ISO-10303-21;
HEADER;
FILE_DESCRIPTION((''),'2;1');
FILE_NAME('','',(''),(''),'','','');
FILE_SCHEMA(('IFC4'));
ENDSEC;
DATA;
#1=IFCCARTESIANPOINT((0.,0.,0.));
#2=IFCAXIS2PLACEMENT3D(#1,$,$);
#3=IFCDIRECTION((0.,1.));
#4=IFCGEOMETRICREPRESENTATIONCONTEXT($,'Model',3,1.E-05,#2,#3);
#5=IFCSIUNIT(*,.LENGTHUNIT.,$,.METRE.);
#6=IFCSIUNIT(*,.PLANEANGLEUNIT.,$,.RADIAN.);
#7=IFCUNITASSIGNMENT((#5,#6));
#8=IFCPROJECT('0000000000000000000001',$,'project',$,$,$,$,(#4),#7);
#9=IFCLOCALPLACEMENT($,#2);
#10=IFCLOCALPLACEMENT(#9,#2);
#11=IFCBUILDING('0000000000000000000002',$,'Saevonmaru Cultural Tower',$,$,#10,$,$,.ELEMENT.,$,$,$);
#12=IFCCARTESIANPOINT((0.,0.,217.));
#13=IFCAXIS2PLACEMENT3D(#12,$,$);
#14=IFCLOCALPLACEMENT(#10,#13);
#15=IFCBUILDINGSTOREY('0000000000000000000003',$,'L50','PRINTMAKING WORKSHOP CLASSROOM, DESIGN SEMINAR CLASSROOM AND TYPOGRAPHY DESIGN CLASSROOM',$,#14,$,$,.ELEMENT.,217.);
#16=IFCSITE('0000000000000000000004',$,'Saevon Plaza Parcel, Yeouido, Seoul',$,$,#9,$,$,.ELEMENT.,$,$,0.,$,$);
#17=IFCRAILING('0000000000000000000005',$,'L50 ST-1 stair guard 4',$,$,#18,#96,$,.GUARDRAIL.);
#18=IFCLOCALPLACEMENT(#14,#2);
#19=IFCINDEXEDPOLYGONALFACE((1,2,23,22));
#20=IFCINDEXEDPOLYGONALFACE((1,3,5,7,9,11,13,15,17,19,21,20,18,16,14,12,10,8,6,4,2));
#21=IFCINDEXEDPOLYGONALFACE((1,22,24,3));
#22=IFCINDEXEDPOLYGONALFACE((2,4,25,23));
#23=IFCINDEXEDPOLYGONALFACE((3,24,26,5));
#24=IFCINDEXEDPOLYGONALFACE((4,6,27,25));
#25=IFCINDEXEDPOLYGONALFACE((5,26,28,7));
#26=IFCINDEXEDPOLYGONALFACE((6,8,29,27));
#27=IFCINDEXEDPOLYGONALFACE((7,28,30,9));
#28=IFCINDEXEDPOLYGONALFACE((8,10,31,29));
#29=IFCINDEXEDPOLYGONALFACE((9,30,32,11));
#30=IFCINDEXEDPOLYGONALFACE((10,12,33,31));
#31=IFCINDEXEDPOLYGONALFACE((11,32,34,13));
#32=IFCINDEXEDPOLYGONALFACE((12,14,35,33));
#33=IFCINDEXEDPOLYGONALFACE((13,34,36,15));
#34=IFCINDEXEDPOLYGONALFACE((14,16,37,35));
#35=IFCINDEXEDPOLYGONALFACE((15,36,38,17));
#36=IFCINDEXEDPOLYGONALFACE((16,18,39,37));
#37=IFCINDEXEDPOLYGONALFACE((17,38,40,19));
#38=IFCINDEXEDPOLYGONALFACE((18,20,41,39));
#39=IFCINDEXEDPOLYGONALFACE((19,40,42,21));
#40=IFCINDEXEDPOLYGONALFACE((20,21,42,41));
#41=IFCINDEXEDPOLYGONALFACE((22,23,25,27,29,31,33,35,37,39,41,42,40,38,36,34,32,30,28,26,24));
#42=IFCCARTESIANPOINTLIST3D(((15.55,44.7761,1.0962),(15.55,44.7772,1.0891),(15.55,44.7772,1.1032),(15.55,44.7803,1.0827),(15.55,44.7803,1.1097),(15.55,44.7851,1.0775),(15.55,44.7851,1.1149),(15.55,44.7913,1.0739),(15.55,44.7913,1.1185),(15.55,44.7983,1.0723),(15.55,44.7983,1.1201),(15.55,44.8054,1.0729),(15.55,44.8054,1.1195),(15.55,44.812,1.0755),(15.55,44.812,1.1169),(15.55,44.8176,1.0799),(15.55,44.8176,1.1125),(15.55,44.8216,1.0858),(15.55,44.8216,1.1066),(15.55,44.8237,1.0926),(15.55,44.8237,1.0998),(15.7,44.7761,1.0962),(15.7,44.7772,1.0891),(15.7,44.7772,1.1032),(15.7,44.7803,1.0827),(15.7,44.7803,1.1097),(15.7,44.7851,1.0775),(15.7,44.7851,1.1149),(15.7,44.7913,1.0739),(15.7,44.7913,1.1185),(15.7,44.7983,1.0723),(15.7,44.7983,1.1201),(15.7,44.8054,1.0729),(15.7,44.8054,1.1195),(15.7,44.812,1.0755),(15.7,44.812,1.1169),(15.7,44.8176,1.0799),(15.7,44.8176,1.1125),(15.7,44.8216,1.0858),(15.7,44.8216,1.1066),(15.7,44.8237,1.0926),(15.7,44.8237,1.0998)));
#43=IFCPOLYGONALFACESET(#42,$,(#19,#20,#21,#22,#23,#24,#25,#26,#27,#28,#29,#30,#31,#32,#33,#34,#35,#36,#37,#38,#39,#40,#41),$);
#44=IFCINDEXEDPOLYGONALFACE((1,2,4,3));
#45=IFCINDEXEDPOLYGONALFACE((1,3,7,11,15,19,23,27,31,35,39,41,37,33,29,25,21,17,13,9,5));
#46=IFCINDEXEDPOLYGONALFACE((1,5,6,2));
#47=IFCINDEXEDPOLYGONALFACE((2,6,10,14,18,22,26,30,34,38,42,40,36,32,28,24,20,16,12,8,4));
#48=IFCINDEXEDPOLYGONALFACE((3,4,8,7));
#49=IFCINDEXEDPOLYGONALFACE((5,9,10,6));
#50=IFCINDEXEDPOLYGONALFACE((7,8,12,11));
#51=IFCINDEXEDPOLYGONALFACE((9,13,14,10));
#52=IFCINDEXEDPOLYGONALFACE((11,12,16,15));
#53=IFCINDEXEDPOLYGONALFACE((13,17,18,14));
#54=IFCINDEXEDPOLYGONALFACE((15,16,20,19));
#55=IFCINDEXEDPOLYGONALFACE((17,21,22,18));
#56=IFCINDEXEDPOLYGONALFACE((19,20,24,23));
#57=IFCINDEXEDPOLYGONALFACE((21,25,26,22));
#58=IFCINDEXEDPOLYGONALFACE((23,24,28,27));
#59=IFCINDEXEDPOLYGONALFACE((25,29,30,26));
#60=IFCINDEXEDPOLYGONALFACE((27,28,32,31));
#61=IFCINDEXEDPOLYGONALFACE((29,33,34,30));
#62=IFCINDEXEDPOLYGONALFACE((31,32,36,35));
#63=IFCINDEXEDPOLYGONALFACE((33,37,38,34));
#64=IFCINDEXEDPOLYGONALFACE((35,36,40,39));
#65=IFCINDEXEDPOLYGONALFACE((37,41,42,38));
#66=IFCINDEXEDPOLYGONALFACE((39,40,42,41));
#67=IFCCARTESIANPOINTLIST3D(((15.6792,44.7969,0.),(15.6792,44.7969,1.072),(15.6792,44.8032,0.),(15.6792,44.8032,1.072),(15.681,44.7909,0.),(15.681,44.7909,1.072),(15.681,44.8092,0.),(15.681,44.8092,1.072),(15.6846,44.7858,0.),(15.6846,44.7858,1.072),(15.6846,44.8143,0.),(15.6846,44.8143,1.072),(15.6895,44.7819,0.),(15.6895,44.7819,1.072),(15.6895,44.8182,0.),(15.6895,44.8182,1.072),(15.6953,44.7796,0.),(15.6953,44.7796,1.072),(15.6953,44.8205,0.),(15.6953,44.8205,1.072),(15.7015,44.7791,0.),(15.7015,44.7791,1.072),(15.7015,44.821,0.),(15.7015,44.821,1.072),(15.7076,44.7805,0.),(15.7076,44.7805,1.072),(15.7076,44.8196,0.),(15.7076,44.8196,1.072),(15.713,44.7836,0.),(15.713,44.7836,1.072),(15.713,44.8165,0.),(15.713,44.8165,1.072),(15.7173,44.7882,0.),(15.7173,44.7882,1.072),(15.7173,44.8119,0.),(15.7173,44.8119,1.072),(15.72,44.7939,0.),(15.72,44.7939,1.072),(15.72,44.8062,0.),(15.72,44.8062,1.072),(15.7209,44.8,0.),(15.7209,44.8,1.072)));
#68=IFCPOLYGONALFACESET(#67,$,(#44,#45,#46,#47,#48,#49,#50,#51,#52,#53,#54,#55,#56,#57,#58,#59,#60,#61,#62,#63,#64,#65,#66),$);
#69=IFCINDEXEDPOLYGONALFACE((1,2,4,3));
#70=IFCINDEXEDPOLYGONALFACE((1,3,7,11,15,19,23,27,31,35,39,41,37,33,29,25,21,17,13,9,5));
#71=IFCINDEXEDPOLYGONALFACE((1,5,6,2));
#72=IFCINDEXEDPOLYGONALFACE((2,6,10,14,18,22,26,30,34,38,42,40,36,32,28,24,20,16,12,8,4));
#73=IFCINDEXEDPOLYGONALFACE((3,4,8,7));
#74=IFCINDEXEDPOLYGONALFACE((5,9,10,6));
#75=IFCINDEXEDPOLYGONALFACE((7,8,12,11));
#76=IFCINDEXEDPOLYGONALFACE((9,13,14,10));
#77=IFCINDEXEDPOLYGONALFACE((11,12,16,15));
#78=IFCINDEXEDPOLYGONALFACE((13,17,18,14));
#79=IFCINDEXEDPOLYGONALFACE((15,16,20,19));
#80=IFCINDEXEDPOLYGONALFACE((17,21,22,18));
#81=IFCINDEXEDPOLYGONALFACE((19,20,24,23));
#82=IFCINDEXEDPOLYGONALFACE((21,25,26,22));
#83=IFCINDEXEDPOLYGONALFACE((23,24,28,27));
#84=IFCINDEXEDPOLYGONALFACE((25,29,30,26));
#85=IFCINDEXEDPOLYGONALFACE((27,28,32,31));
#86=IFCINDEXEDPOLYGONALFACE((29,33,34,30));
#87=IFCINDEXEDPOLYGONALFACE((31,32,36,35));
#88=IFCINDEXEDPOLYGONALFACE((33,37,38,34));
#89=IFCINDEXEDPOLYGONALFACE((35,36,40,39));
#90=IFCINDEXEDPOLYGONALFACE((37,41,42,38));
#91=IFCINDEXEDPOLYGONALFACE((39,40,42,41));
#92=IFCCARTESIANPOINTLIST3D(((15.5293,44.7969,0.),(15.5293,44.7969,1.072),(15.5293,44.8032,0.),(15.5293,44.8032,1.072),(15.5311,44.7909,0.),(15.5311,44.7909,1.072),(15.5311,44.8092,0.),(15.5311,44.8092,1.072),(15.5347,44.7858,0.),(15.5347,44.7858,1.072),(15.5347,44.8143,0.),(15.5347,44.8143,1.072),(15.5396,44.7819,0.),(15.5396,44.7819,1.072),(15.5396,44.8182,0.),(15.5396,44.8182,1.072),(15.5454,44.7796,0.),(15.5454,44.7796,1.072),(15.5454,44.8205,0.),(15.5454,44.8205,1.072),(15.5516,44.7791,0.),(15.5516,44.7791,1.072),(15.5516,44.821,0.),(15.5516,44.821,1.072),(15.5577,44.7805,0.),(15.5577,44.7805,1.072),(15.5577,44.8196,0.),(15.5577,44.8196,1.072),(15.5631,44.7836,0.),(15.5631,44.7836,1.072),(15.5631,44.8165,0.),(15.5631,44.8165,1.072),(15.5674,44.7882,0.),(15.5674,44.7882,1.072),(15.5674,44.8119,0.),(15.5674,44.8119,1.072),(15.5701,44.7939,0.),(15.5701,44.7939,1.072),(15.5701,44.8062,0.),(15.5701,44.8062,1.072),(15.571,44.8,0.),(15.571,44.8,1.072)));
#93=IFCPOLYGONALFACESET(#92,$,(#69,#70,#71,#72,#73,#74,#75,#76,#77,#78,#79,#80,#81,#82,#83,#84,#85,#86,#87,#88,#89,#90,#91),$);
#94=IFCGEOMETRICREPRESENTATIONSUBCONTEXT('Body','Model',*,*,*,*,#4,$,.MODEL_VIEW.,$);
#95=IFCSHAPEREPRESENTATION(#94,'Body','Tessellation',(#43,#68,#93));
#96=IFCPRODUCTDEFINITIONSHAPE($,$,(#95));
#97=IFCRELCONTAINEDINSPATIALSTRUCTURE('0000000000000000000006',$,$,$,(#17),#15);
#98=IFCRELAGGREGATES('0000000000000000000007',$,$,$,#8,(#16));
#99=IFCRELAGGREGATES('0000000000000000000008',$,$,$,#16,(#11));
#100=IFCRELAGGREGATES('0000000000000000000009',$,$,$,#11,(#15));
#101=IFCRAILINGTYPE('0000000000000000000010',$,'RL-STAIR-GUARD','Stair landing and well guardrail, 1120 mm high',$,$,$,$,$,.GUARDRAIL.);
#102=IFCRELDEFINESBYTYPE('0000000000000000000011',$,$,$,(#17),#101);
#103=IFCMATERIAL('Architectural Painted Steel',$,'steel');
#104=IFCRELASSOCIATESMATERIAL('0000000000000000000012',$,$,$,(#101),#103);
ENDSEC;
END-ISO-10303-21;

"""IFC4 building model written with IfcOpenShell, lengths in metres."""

from ifc_helpers import new_model, si_unit, direction, frame, origin, origin_2d, place, context, subcontext, project, spatial, circle, extrude, material, type_object, element, save


model = new_model("IFC4")

# Units and contexts
model_context = context("Model", 3, precision=1e-05, world=origin(), true_north=direction((0.0, 1.0)))
body_context = subcontext(model_context, "Body", "Model", "MODEL_VIEW")
ifc_project = project(units=[si_unit("LENGTHUNIT", "METRE"), si_unit("PLANEANGLEUNIT", "RADIAN")], contexts=[model_context])

# Site, building, storey
site_placement = place(None, origin())
site = spatial("IfcSite", under=ifc_project, at=site_placement, Name="Saevon Plaza Parcel, Yeouido, Seoul", CompositionType="ELEMENT", RefElevation=0.0)
building_placement = place(site_placement, origin())
building = spatial("IfcBuilding", under=site, at=building_placement, Name="Saevonmaru Cultural Tower", CompositionType="ELEMENT")
storey_placement = place(building_placement, frame((0.0, 0.0, 217.0)))
storey = spatial("IfcBuildingStorey", under=building, at=storey_placement, Name="L50", Description="PRINTMAKING WORKSHOP CLASSROOM, DESIGN SEMINAR CLASSROOM AND TYPOGRAPHY DESIGN CLASSROOM", CompositionType="ELEMENT", Elevation=217.0)

# Railing
ifc_material_1 = material(Name="Architectural Painted Steel", Category="steel")
railing_type_1 = type_object("IfcRailingType", Name="RL-STAIR-GUARD", Description="Stair landing and well guardrail, 1120 mm high", PredefinedType="GUARDRAIL", material=ifc_material_1)
railing_1_placement = place(storey_placement, frame((15.7, 44.8, 0.0)))
element("IfcRailing", 1, at=railing_1_placement, inside=storey, type_object=railing_type_1, Name="L50 ST-1 stair guard 4", PredefinedType="GUARDRAIL", context=body_context, shape_type="SweptSolid", body=[
    extrude(circle(Radius=0.0239, at=origin_2d()), frame((0.0, 0.0, 1.0962), z_axis=(-1.0, 0.0, 0.0), x_axis=(0.0, -1.0, 0.0)), (0.0, 0.0, 1.0), 0.1499),
    extrude(circle(Radius=0.021, at=origin_2d()), origin(), (0.0, 0.0, 1.0), 1.072),
    extrude(circle(Radius=0.021, at=origin_2d()), frame((-0.1499, 0.0, 0.0)), (0.0, 0.0, 1.0), 1.072),
])

save(model, "model.ifc")
